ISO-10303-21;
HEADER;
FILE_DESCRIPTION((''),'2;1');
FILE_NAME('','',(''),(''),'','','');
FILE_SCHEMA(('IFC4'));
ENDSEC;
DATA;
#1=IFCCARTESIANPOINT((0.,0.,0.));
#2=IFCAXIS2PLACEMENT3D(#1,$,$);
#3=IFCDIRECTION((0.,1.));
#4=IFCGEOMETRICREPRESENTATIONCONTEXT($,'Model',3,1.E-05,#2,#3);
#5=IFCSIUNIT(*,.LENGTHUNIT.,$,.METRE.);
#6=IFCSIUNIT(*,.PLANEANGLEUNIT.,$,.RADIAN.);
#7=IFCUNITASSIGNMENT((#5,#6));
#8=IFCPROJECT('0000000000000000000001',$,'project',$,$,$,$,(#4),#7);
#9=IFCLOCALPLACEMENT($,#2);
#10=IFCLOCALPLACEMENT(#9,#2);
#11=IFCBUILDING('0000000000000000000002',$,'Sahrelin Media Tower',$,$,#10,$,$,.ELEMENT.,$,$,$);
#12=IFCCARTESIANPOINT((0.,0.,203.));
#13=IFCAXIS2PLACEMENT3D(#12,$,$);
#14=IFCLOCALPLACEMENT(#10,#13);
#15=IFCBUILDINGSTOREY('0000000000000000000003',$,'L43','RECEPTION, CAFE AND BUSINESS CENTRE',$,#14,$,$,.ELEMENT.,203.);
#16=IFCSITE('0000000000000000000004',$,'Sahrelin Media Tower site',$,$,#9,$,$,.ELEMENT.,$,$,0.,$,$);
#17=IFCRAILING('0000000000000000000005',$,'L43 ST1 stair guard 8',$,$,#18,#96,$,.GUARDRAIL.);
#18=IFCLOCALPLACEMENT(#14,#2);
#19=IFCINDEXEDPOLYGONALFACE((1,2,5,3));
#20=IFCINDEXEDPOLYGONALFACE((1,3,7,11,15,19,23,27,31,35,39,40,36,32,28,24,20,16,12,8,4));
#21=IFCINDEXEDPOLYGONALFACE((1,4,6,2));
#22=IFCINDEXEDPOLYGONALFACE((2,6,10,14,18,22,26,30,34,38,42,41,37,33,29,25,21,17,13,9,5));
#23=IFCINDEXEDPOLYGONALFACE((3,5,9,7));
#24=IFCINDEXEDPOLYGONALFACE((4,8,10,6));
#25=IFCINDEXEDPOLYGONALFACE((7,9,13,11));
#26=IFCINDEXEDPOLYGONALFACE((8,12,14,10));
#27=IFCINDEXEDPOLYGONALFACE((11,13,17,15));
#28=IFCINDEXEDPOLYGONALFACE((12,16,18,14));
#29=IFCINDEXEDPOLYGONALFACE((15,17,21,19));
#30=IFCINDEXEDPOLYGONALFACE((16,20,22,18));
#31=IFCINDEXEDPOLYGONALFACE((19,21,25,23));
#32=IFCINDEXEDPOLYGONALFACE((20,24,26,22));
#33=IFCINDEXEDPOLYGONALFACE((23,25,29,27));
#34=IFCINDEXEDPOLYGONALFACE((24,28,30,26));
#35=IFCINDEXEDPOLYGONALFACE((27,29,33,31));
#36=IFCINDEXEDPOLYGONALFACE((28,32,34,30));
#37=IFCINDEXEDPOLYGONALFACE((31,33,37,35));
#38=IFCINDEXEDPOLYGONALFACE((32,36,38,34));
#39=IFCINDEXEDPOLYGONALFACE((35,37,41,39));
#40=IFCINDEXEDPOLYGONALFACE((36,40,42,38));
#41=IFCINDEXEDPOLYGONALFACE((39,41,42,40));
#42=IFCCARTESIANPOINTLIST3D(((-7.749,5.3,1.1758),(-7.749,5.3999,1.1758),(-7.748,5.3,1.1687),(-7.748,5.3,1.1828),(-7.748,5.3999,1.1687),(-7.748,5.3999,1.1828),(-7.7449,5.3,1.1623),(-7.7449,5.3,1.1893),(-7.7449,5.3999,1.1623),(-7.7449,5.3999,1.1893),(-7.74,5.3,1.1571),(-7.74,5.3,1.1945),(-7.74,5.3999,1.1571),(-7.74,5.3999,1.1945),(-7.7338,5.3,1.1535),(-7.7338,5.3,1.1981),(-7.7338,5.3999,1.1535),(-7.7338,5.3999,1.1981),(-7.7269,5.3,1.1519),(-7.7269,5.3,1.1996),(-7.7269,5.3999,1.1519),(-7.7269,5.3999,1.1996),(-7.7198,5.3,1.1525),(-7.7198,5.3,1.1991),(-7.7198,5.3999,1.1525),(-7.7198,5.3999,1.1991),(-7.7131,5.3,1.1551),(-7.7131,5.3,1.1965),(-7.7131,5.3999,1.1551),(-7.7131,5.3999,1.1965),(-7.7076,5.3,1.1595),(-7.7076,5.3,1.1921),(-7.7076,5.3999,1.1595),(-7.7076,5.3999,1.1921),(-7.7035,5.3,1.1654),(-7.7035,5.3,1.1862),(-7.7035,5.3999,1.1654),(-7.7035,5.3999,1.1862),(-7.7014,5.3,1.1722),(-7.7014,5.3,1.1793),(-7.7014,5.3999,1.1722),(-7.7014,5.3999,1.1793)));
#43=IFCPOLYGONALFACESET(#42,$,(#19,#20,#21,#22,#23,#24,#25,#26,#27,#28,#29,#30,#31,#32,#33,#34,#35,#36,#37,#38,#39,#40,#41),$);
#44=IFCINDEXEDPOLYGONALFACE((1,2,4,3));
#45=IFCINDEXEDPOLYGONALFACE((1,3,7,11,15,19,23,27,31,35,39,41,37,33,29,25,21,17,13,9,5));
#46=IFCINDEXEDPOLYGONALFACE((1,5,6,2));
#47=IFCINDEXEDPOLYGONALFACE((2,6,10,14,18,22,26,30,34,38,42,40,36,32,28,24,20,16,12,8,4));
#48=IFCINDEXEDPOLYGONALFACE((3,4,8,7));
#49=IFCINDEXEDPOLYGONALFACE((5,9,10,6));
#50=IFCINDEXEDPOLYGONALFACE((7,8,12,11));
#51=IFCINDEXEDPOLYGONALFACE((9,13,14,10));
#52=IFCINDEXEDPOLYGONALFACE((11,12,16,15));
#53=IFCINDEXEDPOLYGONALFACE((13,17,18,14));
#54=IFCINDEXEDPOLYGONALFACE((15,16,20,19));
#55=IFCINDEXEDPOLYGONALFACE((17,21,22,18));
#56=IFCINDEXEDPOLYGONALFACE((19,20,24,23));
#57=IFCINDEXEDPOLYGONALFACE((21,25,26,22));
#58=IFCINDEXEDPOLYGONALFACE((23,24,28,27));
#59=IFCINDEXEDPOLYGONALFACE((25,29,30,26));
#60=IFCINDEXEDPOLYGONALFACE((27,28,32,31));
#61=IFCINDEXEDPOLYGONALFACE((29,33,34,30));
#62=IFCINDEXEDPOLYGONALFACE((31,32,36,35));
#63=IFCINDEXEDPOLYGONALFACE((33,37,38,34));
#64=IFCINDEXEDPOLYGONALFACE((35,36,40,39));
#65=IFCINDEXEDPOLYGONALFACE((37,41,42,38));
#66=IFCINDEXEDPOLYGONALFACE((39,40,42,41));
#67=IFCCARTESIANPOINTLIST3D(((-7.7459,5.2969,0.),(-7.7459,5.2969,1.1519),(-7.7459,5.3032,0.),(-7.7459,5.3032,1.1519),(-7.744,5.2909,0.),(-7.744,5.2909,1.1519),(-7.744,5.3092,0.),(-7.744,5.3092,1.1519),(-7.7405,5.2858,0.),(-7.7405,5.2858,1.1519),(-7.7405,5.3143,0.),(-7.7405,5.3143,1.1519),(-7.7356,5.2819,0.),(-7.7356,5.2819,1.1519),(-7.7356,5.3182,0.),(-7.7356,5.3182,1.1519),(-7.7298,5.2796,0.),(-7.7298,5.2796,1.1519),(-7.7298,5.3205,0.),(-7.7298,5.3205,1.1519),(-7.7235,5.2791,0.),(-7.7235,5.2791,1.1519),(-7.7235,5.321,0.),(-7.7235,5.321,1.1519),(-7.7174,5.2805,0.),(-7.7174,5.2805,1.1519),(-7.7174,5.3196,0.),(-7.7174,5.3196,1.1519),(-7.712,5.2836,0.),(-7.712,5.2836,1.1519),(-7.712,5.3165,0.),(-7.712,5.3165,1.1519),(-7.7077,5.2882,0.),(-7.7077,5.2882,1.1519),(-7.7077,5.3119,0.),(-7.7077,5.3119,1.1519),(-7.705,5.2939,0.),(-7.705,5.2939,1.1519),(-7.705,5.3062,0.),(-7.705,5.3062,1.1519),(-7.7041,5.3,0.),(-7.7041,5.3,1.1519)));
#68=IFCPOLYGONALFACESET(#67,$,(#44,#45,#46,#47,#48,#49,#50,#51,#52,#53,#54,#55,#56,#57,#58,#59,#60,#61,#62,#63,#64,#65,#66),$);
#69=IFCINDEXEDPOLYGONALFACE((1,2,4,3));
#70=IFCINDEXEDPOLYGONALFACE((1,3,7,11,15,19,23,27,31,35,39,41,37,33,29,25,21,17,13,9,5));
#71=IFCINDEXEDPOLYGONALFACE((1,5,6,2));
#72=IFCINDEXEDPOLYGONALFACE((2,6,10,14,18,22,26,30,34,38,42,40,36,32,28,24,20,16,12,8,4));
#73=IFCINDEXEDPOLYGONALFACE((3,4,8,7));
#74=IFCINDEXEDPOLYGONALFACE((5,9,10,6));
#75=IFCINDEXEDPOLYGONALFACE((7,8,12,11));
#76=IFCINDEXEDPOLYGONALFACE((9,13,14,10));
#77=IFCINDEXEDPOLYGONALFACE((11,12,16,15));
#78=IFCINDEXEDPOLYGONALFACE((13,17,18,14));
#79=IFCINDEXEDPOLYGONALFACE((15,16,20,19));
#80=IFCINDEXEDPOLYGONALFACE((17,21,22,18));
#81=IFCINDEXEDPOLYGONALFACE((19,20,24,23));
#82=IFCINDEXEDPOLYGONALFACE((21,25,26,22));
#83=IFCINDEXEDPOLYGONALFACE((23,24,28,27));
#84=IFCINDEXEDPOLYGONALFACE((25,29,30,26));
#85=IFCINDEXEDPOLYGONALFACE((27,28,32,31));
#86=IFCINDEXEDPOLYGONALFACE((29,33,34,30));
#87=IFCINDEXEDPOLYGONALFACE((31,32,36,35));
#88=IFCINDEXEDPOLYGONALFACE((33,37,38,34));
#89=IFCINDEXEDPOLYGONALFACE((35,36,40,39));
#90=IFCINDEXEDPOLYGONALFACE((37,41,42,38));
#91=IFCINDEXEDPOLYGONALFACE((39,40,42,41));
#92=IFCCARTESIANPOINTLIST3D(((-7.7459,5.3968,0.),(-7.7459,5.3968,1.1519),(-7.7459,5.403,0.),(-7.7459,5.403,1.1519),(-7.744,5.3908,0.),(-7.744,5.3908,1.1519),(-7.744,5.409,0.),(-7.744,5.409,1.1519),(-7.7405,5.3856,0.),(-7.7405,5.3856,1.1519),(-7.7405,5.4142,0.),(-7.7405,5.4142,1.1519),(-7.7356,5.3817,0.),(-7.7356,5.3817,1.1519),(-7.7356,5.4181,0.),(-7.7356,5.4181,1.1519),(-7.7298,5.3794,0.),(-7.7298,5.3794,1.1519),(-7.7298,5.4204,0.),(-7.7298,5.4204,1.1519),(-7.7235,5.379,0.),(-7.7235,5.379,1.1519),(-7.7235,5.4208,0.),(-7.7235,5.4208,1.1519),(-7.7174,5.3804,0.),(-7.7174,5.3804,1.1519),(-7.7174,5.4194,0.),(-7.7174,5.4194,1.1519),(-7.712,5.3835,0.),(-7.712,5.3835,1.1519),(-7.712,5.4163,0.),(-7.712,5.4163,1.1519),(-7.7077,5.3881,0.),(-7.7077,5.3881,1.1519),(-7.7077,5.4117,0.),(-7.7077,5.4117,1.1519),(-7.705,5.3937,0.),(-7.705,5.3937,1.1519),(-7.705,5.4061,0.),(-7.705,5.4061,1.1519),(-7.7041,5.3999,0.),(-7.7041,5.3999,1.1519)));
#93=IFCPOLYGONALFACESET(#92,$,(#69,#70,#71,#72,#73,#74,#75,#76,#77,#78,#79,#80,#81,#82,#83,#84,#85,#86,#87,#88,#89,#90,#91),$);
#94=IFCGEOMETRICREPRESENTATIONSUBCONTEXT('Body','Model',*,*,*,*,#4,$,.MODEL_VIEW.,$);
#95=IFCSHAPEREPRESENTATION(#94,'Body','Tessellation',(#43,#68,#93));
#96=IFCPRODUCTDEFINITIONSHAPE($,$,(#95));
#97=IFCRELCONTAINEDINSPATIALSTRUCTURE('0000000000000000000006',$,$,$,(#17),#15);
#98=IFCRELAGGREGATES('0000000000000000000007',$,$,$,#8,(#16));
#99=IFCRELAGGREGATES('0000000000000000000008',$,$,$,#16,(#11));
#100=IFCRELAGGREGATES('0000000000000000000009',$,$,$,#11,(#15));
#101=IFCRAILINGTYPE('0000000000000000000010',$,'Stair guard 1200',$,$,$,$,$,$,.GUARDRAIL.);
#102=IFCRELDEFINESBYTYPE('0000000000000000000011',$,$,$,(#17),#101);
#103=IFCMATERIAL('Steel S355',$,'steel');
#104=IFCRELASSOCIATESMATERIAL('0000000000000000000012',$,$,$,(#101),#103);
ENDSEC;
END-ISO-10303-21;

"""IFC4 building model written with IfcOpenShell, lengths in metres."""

from ifc_helpers import new_model, si_unit, direction, frame, origin, origin_2d, place, context, subcontext, project, spatial, circle, extrude, material, type_object, element, save


model = new_model("IFC4")

# Units and contexts
model_context = context("Model", 3, precision=1e-05, world=origin(), true_north=direction((0.0, 1.0)))
body_context = subcontext(model_context, "Body", "Model", "MODEL_VIEW")
ifc_project = project(units=[si_unit("LENGTHUNIT", "METRE"), si_unit("PLANEANGLEUNIT", "RADIAN")], contexts=[model_context])

# Site, building, storey
site_placement = place(None, origin())
site = spatial("IfcSite", under=ifc_project, at=site_placement, Name="Sahrelin Media Tower site", CompositionType="ELEMENT", RefElevation=0.0)
building_placement = place(site_placement, origin())
building = spatial("IfcBuilding", under=site, at=building_placement, Name="Sahrelin Media Tower", CompositionType="ELEMENT")
storey_placement = place(building_placement, frame((0.0, 0.0, 203.0)))
storey = spatial("IfcBuildingStorey", under=building, at=storey_placement, Name="L43", Description="RECEPTION, CAFE AND BUSINESS CENTRE", CompositionType="ELEMENT", Elevation=203.0)

# Railing
ifc_material_1 = material(Name="Steel S355", Category="steel")
railing_type_1 = type_object("IfcRailingType", Name="Stair guard 1200", PredefinedType="GUARDRAIL", material=ifc_material_1)
railing_1_placement = place(storey_placement, frame((-7.7251, 5.3, 0.0)))
element("IfcRailing", 1, at=railing_1_placement, inside=storey, type_object=railing_type_1, Name="L43 ST1 stair guard 8", PredefinedType="GUARDRAIL", context=body_context, shape_type="SweptSolid", body=[
    extrude(circle(Radius=0.0239, at=origin_2d()), frame((0.0, 0.0, 1.1758), z_axis=(0.0, 1.0, 0.0), x_axis=(-1.0, 0.0, 0.0)), (0.0, 0.0, 1.0), 0.0999),
    extrude(circle(Radius=0.021, at=origin_2d()), origin(), (0.0, 0.0, 1.0), 1.1519),
    extrude(circle(Radius=0.021, at=origin_2d()), frame((0.0, 0.0999, 0.0)), (0.0, 0.0, 1.0), 1.1519),
])

save(model, "model.ifc")
